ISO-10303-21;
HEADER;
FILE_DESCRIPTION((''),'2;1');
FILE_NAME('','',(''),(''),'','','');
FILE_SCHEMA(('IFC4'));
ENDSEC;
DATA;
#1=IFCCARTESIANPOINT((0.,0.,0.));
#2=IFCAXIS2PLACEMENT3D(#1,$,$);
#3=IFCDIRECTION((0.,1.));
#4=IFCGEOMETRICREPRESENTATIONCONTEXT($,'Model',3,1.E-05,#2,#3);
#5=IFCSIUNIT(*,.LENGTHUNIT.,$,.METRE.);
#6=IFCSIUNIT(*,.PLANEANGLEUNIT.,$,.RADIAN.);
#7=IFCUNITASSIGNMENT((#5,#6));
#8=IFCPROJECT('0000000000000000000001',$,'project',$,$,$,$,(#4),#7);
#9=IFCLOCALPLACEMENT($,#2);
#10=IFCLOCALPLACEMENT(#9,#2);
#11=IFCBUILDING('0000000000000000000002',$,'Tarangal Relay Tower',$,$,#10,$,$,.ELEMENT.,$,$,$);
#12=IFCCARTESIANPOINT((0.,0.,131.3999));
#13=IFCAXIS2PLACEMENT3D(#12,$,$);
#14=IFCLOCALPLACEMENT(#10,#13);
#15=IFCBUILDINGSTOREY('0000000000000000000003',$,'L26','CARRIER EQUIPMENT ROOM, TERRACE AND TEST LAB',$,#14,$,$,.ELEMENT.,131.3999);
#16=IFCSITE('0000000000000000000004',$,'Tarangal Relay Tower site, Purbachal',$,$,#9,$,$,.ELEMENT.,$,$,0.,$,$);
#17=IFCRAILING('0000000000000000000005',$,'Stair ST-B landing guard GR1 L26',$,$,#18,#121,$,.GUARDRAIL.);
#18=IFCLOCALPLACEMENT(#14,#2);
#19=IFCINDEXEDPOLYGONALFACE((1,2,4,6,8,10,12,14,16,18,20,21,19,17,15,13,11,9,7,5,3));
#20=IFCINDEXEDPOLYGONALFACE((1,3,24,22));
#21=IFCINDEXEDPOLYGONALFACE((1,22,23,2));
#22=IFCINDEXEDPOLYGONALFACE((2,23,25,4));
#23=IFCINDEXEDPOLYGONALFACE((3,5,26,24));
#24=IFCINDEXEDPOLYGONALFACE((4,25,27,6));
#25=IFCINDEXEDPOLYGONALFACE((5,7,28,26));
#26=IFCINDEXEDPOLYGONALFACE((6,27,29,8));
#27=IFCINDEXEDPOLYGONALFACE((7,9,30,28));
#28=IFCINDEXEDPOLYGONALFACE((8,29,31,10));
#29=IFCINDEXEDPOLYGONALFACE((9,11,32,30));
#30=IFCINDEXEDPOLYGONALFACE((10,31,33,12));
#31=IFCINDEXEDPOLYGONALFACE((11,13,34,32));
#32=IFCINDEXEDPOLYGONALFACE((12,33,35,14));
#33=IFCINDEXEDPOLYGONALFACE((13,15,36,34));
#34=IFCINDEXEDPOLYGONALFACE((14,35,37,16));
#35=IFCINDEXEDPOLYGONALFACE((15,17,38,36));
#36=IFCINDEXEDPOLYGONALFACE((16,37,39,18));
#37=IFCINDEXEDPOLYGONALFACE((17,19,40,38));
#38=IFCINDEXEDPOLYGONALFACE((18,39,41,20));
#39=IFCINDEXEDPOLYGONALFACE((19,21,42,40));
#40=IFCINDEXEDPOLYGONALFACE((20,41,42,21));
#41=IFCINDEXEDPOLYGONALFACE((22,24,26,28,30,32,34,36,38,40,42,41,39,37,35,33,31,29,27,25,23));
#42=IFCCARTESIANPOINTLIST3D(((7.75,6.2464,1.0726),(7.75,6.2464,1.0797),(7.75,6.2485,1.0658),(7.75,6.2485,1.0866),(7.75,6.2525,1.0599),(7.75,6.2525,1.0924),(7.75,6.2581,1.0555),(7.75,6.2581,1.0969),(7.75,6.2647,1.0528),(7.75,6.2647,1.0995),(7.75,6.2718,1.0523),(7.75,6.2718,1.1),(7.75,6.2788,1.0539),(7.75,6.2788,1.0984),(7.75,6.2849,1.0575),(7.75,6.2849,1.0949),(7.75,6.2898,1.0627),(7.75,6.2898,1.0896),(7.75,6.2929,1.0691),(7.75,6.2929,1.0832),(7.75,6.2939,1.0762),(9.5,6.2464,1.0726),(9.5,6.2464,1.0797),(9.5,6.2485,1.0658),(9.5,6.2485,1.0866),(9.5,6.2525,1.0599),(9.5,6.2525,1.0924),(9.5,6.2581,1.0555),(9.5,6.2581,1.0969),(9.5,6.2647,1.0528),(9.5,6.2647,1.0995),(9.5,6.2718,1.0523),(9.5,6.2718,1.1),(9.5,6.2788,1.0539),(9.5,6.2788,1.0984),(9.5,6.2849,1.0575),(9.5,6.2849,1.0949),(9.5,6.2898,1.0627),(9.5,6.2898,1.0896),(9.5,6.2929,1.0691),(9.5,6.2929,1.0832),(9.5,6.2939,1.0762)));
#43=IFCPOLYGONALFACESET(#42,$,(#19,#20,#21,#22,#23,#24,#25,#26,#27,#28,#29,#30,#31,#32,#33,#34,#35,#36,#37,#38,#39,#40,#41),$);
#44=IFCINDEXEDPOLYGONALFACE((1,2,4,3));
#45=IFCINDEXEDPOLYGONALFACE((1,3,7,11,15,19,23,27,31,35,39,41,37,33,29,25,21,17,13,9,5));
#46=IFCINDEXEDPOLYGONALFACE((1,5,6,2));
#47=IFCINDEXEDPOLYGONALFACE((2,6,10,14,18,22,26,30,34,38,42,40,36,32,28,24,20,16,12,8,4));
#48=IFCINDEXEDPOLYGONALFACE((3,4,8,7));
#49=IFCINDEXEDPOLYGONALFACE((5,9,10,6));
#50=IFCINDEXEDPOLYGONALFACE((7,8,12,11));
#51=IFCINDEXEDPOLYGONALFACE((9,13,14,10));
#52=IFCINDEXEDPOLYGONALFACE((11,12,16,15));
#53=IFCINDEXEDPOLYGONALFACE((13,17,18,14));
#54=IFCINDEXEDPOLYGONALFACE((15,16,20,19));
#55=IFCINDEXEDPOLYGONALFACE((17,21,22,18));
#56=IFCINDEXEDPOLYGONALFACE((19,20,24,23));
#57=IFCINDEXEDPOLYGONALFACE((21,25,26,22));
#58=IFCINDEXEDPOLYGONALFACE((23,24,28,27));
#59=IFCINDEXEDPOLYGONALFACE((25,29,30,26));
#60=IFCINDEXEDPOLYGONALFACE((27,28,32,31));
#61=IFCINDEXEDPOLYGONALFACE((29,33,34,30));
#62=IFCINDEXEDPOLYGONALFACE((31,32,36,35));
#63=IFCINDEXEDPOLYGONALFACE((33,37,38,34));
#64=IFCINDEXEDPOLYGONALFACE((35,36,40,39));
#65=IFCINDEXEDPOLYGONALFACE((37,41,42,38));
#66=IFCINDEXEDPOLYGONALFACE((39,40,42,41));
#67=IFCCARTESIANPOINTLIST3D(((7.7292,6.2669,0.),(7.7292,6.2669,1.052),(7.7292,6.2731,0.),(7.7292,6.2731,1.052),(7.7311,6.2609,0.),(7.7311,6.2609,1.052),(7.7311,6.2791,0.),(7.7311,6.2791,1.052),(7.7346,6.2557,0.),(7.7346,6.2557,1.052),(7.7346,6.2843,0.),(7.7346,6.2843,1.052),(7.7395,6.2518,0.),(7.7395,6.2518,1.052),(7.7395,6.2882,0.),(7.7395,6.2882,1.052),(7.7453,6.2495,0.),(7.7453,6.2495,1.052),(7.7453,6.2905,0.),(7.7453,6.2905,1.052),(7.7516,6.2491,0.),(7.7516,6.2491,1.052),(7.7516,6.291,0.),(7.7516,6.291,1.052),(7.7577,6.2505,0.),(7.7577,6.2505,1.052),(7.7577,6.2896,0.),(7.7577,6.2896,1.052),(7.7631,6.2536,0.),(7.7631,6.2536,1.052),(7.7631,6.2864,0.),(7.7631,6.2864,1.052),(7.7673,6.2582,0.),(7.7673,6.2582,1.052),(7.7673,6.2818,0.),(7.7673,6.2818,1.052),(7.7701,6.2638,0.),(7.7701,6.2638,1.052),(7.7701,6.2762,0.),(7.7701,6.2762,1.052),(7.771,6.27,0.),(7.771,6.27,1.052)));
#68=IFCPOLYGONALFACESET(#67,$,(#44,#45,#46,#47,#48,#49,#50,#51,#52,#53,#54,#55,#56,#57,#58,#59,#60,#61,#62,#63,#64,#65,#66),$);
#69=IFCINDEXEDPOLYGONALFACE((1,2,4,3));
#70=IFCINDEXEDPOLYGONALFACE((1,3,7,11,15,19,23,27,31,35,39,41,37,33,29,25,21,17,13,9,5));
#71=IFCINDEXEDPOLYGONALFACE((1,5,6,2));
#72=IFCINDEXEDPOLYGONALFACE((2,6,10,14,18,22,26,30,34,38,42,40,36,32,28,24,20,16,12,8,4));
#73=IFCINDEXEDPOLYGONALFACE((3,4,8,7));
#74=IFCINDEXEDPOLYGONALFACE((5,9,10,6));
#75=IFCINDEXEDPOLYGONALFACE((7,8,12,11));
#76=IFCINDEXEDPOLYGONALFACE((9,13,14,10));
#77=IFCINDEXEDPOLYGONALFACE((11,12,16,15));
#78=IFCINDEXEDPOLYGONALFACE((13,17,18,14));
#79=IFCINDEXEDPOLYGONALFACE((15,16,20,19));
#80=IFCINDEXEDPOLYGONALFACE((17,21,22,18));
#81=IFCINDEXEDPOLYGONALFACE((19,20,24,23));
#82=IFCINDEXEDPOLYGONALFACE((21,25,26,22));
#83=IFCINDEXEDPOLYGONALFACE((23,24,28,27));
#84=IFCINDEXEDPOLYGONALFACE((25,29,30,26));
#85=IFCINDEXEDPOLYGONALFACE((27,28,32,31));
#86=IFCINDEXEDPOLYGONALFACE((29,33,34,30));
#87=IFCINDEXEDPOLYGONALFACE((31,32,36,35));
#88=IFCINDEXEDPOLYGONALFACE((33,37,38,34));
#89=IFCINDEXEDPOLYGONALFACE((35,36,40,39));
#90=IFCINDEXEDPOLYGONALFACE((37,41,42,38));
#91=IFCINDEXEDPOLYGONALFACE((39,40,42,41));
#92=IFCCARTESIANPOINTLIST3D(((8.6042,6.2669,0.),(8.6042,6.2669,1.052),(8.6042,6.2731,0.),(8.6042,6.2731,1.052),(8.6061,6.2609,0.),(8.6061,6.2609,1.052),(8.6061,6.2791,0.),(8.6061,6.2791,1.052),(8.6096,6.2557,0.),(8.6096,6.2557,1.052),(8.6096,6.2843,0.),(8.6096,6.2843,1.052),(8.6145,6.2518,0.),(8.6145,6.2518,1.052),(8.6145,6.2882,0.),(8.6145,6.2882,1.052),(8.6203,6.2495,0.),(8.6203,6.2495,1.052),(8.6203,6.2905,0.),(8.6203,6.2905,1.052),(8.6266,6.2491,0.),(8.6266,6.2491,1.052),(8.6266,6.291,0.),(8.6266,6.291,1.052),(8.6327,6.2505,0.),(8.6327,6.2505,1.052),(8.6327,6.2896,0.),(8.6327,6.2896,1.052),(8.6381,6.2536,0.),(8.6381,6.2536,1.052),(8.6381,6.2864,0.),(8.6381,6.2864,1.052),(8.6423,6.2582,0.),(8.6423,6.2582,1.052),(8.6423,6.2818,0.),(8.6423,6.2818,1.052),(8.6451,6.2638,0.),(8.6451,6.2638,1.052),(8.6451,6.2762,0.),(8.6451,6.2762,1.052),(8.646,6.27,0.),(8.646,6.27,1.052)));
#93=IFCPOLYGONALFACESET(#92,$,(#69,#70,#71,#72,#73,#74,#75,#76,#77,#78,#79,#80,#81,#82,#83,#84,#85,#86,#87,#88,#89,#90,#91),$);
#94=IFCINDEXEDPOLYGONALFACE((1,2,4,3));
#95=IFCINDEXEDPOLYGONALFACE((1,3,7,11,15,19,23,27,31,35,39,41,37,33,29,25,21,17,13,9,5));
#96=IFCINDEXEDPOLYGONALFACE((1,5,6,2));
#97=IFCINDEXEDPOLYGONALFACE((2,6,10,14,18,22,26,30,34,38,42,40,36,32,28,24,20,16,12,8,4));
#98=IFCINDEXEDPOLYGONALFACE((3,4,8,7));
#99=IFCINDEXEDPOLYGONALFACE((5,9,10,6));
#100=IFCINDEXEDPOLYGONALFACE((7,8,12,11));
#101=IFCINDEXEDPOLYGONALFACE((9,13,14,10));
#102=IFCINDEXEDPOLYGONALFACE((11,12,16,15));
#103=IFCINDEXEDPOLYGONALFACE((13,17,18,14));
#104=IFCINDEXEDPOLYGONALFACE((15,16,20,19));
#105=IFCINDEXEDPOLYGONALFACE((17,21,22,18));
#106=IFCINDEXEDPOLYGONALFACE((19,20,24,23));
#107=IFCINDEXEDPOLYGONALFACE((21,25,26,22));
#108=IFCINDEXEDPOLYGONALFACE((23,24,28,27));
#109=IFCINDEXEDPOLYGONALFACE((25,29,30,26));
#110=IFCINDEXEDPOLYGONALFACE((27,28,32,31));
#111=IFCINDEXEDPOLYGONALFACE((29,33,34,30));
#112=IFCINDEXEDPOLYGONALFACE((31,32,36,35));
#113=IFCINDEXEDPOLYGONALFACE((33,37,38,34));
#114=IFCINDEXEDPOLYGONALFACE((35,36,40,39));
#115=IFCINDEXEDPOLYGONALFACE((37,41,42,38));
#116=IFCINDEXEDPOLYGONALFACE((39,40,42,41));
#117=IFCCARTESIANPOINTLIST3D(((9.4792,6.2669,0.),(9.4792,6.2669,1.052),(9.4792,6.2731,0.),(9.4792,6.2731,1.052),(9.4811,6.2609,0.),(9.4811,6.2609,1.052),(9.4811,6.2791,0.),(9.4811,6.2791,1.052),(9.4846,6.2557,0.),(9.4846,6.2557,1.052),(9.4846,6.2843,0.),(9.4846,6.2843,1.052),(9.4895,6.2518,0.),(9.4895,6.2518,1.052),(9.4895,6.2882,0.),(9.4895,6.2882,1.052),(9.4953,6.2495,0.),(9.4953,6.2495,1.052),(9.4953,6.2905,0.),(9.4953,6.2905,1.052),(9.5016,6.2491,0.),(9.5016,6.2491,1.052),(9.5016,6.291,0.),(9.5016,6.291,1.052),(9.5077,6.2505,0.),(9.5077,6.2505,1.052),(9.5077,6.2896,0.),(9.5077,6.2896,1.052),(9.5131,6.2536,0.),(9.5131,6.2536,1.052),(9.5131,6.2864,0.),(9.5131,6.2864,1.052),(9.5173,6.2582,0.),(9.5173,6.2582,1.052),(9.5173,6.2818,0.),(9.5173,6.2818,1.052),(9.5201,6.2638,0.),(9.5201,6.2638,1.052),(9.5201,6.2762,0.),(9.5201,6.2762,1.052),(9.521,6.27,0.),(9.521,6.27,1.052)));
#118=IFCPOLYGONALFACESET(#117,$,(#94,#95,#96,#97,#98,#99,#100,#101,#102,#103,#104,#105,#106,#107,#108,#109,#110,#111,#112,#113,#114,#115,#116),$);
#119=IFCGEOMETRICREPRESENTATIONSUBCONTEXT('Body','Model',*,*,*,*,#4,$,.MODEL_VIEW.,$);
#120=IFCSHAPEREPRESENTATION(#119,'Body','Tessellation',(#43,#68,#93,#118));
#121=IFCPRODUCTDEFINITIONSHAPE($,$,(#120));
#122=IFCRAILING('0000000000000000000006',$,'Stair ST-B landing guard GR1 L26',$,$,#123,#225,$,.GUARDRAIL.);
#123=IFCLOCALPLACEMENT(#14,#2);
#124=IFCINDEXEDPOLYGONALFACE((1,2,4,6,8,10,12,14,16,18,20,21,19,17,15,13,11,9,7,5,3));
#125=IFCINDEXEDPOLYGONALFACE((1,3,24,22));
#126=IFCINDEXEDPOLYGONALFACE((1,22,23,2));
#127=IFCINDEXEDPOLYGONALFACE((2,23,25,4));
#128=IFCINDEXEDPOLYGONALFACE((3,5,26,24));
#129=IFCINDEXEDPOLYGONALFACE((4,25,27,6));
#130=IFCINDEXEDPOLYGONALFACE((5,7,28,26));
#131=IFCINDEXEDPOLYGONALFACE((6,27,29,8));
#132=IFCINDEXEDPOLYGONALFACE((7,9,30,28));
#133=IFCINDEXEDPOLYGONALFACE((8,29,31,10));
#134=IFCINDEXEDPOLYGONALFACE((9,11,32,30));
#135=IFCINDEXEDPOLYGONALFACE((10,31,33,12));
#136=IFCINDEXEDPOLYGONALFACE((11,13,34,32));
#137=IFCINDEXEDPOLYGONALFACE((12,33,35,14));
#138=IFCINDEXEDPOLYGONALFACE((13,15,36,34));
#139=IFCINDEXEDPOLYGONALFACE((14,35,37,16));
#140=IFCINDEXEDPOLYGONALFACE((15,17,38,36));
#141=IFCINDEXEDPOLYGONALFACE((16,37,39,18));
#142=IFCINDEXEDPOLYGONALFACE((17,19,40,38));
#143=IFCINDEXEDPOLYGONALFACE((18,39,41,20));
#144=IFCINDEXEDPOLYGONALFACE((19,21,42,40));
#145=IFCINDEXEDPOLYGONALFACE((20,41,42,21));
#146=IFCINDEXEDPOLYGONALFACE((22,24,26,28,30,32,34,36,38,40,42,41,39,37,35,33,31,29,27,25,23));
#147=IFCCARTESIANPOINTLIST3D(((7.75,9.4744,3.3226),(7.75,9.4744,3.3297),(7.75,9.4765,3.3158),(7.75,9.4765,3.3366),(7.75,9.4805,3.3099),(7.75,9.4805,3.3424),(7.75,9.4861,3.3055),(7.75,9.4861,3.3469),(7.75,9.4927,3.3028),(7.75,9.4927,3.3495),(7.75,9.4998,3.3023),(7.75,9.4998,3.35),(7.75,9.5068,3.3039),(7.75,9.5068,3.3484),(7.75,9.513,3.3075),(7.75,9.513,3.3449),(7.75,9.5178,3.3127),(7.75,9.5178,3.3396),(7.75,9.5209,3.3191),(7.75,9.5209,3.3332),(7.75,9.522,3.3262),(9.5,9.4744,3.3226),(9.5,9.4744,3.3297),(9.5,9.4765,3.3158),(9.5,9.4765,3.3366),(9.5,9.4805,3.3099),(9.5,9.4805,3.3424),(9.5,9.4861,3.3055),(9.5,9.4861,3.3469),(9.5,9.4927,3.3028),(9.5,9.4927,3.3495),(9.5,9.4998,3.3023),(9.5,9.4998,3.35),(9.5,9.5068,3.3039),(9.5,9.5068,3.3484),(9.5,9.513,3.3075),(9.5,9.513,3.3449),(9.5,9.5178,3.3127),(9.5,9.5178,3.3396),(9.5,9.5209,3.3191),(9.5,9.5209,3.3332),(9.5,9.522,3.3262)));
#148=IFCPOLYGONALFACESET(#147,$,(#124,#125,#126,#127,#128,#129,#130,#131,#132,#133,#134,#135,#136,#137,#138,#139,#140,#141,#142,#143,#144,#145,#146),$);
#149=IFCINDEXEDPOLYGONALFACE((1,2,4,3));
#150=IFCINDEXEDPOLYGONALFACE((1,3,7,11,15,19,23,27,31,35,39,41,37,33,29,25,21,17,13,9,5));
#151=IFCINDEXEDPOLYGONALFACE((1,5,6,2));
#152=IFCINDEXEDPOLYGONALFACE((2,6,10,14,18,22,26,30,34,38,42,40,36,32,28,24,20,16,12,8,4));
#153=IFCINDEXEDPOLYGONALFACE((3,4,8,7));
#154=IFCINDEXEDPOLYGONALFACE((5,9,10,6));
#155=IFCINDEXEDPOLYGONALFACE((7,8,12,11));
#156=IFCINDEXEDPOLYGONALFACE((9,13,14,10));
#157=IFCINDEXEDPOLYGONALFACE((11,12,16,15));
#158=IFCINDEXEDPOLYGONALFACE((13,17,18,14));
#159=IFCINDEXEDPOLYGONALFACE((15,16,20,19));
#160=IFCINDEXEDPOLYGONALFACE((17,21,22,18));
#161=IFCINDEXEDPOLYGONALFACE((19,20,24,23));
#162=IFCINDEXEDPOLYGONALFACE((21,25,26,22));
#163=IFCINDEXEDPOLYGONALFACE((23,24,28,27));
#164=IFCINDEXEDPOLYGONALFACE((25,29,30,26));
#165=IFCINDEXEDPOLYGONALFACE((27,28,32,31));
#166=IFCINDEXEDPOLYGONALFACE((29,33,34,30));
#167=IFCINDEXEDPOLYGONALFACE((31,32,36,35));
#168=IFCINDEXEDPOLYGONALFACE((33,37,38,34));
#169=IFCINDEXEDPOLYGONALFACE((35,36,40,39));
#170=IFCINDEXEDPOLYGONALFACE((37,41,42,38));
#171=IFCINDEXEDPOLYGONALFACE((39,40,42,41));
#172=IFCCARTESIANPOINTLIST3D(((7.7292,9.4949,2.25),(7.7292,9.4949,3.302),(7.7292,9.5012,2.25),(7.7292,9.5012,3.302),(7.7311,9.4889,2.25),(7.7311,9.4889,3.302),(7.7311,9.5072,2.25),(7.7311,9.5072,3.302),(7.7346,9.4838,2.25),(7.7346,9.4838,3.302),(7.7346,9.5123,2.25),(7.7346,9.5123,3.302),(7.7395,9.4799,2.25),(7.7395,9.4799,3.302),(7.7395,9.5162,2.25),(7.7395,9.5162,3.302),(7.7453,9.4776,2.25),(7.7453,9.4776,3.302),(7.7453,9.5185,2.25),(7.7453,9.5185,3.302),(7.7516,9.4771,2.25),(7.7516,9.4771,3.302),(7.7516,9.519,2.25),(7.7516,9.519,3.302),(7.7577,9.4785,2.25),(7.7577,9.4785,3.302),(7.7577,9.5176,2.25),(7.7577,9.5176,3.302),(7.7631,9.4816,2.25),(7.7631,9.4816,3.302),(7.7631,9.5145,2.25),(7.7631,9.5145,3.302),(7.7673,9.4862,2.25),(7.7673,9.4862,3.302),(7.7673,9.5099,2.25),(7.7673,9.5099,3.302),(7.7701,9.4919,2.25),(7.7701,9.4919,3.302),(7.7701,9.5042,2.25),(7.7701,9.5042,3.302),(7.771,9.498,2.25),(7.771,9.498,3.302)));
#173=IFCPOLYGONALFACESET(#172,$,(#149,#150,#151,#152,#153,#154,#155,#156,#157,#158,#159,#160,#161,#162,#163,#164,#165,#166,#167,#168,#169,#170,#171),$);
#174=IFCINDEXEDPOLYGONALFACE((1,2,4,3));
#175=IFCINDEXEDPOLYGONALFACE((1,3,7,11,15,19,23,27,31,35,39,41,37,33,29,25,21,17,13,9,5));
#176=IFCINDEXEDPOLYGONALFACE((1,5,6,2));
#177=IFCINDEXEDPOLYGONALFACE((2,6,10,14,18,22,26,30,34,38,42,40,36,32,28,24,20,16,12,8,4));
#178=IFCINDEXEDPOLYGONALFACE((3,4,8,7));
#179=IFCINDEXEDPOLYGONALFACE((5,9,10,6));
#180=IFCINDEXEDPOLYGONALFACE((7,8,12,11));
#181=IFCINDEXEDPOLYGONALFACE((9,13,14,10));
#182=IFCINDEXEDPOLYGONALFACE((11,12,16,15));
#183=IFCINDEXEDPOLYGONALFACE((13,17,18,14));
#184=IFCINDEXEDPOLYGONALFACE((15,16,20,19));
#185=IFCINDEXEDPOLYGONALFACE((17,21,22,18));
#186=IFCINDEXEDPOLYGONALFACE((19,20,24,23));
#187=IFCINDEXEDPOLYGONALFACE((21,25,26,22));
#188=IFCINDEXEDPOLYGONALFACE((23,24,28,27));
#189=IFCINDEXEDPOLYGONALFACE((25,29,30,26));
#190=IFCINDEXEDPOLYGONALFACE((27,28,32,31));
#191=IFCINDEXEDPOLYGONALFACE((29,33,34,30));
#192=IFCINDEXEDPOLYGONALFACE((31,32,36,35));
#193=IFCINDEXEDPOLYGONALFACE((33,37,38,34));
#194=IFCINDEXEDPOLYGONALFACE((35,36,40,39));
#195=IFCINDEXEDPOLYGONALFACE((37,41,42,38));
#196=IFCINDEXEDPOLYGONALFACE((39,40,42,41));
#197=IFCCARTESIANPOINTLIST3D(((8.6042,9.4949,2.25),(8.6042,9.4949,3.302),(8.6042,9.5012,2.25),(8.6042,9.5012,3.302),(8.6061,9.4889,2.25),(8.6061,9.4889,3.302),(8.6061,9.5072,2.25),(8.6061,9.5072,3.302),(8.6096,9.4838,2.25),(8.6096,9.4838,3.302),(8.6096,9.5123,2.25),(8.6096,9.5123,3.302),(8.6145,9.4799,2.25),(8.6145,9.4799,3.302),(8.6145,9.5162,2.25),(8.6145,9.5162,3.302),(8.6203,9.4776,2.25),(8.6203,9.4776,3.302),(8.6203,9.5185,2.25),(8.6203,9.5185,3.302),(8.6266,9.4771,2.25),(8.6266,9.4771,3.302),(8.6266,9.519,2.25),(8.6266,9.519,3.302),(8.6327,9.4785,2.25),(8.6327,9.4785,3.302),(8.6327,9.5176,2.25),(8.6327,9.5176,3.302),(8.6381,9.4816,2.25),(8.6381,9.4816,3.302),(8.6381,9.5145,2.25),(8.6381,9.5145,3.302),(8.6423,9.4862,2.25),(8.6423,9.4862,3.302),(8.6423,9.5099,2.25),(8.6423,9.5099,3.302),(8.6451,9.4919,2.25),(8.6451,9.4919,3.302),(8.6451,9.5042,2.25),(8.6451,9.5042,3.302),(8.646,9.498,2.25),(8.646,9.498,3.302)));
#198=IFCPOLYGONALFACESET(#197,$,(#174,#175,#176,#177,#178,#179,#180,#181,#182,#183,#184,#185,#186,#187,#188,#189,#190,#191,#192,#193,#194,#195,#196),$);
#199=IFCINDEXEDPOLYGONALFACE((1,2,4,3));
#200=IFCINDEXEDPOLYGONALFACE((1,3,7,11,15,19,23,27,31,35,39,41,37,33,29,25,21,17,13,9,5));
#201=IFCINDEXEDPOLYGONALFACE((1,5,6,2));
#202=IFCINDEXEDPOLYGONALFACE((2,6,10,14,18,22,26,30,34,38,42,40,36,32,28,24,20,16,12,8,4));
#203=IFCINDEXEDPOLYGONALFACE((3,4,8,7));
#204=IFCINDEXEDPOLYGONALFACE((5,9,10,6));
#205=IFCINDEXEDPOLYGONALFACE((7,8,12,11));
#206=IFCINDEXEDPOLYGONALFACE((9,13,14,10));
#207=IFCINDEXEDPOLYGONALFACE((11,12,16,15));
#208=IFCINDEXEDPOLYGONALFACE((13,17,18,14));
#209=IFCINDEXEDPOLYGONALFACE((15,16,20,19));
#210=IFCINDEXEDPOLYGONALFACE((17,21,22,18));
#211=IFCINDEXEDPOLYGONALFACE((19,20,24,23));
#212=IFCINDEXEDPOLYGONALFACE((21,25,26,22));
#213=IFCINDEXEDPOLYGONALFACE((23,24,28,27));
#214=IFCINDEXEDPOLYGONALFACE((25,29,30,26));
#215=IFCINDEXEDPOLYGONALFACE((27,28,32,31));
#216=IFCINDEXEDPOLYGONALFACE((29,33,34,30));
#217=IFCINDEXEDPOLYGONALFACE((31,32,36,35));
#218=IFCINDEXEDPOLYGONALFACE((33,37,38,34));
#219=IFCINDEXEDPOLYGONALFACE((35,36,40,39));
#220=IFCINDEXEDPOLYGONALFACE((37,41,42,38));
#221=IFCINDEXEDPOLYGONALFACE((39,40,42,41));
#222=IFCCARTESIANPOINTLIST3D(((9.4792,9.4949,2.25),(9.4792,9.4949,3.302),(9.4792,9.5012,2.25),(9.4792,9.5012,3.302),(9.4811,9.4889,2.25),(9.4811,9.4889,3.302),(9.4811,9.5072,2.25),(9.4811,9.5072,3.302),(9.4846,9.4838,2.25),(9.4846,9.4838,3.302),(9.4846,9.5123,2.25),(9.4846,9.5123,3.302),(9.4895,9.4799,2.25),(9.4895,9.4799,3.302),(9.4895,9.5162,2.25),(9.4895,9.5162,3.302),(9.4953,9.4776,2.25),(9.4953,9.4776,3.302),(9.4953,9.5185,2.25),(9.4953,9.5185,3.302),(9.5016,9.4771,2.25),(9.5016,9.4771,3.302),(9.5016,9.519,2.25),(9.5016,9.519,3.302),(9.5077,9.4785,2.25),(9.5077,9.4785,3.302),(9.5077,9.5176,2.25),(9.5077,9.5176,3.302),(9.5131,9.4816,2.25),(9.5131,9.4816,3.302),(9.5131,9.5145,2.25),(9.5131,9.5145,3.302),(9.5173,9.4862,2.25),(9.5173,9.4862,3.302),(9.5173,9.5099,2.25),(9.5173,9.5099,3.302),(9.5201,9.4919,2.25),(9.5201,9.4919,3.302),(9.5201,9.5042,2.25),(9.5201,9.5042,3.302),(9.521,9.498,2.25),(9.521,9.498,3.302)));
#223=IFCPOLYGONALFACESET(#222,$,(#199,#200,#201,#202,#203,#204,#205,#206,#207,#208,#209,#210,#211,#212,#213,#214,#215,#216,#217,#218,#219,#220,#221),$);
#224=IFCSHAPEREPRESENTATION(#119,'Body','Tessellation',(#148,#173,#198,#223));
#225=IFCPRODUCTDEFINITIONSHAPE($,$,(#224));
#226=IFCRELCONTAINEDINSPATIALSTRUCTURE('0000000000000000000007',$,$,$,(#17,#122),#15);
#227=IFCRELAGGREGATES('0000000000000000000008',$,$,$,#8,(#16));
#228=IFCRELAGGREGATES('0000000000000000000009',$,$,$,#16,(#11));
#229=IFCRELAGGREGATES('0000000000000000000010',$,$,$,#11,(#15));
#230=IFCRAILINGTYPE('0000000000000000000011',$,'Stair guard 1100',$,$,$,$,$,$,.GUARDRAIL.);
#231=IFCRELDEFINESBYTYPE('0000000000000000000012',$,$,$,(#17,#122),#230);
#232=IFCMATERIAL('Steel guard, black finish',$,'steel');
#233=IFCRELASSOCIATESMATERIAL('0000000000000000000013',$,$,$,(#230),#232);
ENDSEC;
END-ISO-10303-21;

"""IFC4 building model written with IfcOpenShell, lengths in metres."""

from ifc_helpers import new_model, si_unit, direction, frame, origin, origin_2d, place, context, subcontext, project, spatial, circle, extrude, material, type_object, element, save


model = new_model("IFC4")

# Units and contexts
model_context = context("Model", 3, precision=1e-05, world=origin(), true_north=direction((0.0, 1.0)))
body_context = subcontext(model_context, "Body", "Model", "MODEL_VIEW")
ifc_project = project(units=[si_unit("LENGTHUNIT", "METRE"), si_unit("PLANEANGLEUNIT", "RADIAN")], contexts=[model_context])

# Site, building, storey
site_placement = place(None, origin())
site = spatial("IfcSite", under=ifc_project, at=site_placement, Name="Tarangal Relay Tower site, Purbachal", CompositionType="ELEMENT", RefElevation=0.0)
building_placement = place(site_placement, origin())
building = spatial("IfcBuilding", under=site, at=building_placement, Name="Tarangal Relay Tower", CompositionType="ELEMENT")
storey_placement = place(building_placement, frame((0.0, 0.0, 131.3999)))
storey = spatial("IfcBuildingStorey", under=building, at=storey_placement, Name="L26", Description="CARRIER EQUIPMENT ROOM, TERRACE AND TEST LAB", CompositionType="ELEMENT", Elevation=131.3999)

# Railings
ifc_material_1 = material(Name="Steel guard, black finish", Category="steel")
railing_type_1 = type_object("IfcRailingType", Name="Stair guard 1100", PredefinedType="GUARDRAIL", material=ifc_material_1)
for number, where, name in (
    (1, (7.75, 6.27, 0.0), "Stair ST-B landing guard GR1 L26"),
    (2, (7.75, 9.498, 2.25), "Stair ST-B landing guard GR1 L26"),
):
    element("IfcRailing", number, at=place(storey_placement, frame(where)), inside=storey, type_object=railing_type_1, Name=name, PredefinedType="GUARDRAIL", context=body_context, shape_type="SweptSolid", body=[
        extrude(circle(Radius=0.0239, at=origin_2d()), frame((0.0, 0.0, 1.0762), z_axis=(1.0, 0.0, 0.0), x_axis=(0.0, 1.0, 0.0)), (0.0, 0.0, 1.0), 1.75),
        extrude(circle(Radius=0.021, at=origin_2d()), origin(), (0.0, 0.0, 1.0), 1.052),
        extrude(circle(Radius=0.021, at=origin_2d()), frame((0.875, 0.0, 0.0)), (0.0, 0.0, 1.0), 1.052),
        extrude(circle(Radius=0.021, at=origin_2d()), frame((1.75, 0.0, 0.0)), (0.0, 0.0, 1.0), 1.052),
    ])

save(model, "model.ifc")
